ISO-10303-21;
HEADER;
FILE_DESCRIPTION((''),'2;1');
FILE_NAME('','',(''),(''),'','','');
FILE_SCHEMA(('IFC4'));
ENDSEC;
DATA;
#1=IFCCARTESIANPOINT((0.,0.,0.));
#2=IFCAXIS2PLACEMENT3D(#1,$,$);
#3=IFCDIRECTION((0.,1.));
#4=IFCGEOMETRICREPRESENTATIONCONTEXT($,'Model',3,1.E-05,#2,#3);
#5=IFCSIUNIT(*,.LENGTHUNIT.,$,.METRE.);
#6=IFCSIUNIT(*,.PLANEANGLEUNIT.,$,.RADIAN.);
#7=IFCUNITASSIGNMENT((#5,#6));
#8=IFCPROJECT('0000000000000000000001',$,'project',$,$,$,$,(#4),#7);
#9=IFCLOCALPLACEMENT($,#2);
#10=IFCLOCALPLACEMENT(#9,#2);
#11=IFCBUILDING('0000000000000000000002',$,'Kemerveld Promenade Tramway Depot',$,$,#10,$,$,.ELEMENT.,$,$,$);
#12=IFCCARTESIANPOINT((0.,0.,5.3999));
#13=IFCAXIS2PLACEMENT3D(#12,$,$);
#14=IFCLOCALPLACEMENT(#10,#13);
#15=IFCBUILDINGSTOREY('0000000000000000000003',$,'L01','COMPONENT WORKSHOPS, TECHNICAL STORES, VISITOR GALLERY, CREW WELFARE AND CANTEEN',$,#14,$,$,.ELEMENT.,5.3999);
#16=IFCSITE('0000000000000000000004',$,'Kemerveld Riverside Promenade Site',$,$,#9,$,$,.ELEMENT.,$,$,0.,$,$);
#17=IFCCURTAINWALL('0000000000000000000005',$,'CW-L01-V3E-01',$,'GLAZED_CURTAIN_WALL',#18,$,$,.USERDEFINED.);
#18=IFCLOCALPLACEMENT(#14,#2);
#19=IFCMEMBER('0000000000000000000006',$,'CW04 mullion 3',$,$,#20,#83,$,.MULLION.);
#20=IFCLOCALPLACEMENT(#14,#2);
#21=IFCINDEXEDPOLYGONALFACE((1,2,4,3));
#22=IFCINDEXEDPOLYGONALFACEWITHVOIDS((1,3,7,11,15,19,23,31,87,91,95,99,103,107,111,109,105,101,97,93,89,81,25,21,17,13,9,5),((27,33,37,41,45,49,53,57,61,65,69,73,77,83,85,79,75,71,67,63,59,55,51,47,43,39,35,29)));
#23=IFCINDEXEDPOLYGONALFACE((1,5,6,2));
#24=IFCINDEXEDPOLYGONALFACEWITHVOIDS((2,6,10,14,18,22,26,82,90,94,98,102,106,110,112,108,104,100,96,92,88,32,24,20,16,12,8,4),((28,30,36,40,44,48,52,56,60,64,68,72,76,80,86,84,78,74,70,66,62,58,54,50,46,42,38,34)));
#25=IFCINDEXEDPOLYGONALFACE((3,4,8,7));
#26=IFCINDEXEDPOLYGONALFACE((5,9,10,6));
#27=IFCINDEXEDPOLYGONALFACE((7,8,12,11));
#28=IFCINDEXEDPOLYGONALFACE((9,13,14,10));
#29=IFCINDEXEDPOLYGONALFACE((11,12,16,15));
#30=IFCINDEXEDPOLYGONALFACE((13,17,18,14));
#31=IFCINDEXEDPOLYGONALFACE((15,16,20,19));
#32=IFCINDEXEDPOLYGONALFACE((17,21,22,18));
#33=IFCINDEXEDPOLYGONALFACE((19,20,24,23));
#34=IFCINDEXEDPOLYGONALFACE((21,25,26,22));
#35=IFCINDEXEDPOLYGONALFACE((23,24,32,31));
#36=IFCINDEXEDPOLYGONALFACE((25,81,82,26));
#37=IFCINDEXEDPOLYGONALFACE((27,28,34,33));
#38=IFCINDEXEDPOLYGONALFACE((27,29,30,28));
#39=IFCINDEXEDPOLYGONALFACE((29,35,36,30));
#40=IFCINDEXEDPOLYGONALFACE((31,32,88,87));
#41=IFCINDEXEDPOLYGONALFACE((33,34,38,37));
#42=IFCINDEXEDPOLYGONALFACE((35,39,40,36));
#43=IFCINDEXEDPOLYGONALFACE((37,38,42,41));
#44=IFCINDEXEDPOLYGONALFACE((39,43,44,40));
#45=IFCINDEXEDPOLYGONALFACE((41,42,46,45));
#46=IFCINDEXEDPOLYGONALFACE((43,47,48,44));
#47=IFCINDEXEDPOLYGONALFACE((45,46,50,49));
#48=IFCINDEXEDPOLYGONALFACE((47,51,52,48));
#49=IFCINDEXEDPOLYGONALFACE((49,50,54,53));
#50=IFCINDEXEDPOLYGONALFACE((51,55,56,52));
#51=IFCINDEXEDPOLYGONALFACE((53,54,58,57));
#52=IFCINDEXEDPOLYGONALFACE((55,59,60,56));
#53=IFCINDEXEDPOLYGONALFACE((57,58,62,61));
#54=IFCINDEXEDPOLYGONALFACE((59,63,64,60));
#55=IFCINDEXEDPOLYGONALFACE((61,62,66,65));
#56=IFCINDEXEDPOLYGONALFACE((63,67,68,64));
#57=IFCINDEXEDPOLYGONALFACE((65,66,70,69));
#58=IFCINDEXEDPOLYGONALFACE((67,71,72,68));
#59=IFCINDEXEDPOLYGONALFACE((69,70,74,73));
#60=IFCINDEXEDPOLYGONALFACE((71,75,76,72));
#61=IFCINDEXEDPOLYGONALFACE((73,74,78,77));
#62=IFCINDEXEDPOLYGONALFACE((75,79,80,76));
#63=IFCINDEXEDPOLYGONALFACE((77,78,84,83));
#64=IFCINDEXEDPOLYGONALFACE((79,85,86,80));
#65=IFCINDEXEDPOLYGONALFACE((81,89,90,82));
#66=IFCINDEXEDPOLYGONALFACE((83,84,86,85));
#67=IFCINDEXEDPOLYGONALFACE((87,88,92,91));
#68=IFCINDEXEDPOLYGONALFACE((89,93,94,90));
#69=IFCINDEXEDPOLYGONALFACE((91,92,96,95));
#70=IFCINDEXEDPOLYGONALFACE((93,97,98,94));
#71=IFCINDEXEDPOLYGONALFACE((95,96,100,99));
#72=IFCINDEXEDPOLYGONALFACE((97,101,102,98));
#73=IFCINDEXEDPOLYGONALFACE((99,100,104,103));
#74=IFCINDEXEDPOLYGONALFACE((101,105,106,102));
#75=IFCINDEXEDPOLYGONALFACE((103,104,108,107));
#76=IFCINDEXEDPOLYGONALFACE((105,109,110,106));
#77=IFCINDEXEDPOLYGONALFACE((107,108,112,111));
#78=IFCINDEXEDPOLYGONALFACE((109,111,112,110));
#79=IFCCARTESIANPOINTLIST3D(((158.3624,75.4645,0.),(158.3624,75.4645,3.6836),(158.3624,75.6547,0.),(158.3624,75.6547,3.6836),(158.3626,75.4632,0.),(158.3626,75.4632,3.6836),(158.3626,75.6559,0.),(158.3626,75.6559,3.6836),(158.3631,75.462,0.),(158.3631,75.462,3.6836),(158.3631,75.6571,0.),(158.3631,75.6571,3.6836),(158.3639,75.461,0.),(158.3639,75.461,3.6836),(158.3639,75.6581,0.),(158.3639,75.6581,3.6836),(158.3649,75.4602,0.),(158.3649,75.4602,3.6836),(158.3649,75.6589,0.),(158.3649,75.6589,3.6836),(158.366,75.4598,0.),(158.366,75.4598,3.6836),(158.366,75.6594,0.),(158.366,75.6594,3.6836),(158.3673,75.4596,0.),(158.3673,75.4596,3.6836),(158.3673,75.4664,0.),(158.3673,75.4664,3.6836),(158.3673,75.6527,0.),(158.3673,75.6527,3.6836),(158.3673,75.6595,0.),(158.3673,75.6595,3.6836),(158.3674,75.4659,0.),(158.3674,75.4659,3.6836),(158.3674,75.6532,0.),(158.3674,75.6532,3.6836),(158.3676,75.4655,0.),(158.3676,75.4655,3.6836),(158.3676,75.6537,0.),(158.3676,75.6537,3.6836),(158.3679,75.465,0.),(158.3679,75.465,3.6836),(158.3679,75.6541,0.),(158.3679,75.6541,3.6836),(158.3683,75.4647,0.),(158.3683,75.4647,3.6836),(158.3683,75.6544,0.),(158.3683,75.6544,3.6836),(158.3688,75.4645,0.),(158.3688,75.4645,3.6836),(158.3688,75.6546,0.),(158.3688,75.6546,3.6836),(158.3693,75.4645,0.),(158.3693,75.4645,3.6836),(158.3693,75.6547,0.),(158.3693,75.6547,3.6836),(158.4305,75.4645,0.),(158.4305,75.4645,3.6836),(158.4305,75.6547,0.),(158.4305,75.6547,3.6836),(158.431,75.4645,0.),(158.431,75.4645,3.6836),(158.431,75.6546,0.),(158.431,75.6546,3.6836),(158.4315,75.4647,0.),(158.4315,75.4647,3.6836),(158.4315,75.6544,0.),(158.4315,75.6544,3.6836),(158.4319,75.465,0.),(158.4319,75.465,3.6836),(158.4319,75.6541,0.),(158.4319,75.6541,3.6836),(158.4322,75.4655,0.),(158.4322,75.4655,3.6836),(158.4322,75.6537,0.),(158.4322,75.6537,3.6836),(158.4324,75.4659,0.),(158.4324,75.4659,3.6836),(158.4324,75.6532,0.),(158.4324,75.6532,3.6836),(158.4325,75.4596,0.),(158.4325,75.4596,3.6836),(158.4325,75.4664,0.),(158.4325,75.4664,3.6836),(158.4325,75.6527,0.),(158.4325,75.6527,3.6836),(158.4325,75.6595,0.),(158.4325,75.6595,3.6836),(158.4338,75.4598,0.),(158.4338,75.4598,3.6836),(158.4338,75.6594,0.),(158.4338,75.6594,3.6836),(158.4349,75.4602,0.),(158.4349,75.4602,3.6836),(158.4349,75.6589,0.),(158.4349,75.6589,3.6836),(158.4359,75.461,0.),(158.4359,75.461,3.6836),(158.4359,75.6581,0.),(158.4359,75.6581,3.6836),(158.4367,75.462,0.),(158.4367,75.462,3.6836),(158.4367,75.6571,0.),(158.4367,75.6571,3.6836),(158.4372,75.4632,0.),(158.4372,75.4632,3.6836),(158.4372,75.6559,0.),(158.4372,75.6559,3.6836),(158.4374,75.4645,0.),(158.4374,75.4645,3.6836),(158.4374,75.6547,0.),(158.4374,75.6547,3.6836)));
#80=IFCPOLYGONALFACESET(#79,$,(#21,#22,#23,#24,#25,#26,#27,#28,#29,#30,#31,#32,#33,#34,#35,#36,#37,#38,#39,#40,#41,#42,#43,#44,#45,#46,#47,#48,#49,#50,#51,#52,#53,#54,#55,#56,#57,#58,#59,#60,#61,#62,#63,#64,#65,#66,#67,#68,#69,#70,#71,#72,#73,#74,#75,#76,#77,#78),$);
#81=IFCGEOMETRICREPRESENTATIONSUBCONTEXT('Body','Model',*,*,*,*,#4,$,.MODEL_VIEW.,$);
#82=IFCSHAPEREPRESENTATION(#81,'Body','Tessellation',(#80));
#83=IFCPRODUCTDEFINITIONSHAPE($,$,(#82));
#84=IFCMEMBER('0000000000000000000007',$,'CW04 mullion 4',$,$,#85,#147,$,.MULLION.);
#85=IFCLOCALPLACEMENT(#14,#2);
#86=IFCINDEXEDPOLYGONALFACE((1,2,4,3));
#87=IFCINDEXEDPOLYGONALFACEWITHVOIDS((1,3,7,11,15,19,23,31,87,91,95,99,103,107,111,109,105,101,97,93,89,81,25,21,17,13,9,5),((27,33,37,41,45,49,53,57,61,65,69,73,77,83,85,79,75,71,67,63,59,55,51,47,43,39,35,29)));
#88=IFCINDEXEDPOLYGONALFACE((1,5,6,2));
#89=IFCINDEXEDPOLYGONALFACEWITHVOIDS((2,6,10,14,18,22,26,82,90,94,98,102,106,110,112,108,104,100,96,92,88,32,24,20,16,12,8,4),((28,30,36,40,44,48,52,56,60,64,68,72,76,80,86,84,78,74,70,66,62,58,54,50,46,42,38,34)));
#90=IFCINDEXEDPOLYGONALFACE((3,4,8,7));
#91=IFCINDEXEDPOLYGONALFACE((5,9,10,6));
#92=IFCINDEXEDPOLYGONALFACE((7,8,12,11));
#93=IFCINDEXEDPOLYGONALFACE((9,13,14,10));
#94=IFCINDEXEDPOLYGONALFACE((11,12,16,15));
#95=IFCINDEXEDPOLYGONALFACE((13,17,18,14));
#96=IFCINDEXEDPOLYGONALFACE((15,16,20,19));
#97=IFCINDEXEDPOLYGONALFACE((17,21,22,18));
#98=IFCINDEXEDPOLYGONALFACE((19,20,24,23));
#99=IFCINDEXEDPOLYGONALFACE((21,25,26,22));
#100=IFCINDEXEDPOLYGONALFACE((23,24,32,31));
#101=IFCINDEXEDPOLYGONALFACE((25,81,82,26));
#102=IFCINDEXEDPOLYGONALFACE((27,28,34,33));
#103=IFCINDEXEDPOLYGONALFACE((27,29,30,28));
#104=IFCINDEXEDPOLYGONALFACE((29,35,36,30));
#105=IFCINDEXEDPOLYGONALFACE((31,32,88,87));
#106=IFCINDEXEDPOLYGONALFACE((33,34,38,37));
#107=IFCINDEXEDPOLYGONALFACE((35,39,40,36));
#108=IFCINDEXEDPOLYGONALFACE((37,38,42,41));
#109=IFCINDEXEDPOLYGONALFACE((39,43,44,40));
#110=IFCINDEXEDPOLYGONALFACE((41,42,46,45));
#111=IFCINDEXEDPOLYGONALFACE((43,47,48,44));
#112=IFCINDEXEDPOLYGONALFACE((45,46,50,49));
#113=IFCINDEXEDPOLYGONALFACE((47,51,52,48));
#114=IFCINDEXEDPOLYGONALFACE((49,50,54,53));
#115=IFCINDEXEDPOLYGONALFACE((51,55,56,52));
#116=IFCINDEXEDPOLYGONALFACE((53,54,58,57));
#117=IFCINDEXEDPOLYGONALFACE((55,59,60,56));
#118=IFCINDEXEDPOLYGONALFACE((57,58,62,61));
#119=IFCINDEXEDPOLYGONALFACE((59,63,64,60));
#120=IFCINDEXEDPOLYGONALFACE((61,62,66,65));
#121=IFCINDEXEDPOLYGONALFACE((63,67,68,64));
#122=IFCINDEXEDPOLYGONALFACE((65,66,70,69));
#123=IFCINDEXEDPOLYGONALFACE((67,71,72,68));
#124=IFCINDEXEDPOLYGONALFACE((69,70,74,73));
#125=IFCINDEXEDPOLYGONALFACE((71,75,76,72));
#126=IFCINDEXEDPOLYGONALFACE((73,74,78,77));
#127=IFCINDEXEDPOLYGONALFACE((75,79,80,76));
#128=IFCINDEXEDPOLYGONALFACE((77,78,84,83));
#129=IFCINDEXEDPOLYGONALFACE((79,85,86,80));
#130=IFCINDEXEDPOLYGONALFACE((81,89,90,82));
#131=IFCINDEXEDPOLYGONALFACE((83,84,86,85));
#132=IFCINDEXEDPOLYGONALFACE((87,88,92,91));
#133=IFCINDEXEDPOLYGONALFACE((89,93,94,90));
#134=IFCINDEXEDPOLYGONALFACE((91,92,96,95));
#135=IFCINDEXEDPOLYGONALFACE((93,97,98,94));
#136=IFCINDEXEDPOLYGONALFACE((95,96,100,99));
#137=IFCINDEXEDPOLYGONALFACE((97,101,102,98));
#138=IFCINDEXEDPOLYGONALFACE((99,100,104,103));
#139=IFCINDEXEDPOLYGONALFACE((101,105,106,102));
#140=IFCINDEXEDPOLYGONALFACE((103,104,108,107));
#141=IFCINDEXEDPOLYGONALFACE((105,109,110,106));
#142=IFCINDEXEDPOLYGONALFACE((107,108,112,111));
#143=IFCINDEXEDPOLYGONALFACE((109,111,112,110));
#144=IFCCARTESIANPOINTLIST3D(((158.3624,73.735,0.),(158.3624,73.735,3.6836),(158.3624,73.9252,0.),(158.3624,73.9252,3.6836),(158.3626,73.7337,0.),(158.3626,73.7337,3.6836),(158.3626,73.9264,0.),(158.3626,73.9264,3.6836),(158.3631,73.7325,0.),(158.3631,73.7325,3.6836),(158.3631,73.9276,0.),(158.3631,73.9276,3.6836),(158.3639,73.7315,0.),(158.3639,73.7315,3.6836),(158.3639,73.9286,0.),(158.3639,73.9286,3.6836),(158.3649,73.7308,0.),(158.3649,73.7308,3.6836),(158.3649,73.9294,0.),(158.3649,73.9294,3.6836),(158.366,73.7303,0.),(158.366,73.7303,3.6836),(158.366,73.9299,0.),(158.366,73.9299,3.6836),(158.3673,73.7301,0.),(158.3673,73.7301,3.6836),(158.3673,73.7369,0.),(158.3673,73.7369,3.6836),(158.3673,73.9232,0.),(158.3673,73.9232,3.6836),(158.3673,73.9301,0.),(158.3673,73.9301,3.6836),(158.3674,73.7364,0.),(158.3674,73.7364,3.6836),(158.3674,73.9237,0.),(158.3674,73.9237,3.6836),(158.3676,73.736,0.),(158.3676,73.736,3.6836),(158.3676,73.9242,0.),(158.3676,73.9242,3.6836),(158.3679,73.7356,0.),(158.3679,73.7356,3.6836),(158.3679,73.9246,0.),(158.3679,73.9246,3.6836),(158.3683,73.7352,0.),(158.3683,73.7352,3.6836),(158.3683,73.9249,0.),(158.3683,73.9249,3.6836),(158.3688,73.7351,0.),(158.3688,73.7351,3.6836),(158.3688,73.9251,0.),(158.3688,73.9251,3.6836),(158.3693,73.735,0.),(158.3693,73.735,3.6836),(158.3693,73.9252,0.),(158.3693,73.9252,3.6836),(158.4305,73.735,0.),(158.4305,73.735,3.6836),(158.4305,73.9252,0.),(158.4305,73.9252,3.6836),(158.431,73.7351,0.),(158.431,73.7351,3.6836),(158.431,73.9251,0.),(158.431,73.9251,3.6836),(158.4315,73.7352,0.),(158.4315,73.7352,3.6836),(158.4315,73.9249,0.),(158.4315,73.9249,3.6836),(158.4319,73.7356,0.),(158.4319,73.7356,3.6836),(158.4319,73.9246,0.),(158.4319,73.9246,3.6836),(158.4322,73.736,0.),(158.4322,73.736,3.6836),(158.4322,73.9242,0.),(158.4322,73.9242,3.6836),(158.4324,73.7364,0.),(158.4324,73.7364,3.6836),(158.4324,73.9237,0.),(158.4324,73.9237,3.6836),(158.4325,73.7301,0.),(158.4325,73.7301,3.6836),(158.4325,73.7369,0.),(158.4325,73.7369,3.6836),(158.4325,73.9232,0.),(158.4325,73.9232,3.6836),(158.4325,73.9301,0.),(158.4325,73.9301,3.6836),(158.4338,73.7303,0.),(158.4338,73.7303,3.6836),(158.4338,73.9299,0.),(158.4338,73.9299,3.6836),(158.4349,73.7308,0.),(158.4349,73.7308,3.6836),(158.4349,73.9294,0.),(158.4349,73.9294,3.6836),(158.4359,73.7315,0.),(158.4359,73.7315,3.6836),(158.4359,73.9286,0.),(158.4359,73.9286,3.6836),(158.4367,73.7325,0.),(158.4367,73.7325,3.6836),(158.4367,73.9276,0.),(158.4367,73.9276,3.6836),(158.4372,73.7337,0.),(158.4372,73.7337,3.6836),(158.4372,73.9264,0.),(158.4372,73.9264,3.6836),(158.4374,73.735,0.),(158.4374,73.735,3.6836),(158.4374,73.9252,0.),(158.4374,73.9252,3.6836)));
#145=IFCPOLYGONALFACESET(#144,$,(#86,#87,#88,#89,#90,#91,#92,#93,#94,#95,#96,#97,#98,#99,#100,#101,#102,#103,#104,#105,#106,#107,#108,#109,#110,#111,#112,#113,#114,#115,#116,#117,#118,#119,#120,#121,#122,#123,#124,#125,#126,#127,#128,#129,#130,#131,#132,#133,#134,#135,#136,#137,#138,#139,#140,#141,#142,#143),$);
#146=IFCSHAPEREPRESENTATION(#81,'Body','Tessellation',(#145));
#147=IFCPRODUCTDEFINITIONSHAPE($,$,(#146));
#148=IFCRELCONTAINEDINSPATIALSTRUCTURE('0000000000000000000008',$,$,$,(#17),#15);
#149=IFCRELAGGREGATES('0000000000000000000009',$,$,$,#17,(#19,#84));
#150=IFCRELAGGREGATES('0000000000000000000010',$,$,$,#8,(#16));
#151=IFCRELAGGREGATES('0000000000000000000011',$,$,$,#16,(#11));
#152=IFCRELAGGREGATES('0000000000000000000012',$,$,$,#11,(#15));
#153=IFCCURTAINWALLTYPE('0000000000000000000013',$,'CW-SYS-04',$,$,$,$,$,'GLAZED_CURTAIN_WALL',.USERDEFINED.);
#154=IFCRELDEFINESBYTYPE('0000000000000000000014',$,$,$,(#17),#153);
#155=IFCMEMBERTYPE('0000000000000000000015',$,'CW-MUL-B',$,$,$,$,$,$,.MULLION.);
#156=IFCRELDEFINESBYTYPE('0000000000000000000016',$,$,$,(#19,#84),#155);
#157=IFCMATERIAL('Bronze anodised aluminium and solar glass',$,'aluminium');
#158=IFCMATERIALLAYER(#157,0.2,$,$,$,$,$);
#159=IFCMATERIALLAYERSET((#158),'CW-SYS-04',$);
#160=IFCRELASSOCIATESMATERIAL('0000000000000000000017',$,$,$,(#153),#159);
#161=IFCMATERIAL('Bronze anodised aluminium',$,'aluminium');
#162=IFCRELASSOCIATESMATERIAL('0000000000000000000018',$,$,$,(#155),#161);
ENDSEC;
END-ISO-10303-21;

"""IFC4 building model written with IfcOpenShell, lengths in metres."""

from ifc_helpers import new_model, si_unit, direction, frame, origin, origin_2d, place, context, subcontext, project, spatial, hollow_rectangle, extrude, material, layer, layer_set, material_profile, profile_set, type_object, element, aggregate, save


model = new_model("IFC4")

# Units and contexts
model_context = context("Model", 3, precision=1e-05, world=origin(), true_north=direction((0.0, 1.0)))
body_context = subcontext(model_context, "Body", "Model", "MODEL_VIEW")
ifc_project = project(units=[si_unit("LENGTHUNIT", "METRE"), si_unit("PLANEANGLEUNIT", "RADIAN")], contexts=[model_context])

# Site, building, storey
site_placement = place(None, origin())
site = spatial("IfcSite", under=ifc_project, at=site_placement, Name="Kemerveld Riverside Promenade Site", CompositionType="ELEMENT", RefElevation=0.0)
building_placement = place(site_placement, origin())
building = spatial("IfcBuilding", under=site, at=building_placement, Name="Kemerveld Promenade Tramway Depot", CompositionType="ELEMENT")
storey_placement = place(building_placement, frame((0.0, 0.0, 5.3999)))
storey = spatial("IfcBuildingStorey", under=building, at=storey_placement, Name="L01", Description="COMPONENT WORKSHOPS, TECHNICAL STORES, VISITOR GALLERY, CREW WELFARE AND CANTEEN", CompositionType="ELEMENT", Elevation=5.3999)

# Curtain wall, members
ifc_material_1 = material(Name="Bronze anodised aluminium and solar glass", Category="aluminium")
ifc_layer_1 = layer(ifc_material_1, 0.2)
ifc_layer_set_1 = layer_set([ifc_layer_1], Name="CW-SYS-04")
curtain_wall_type = type_object("IfcCurtainWallType", Name="CW-SYS-04", ElementType="GLAZED_CURTAIN_WALL", PredefinedType="USERDEFINED", material=ifc_layer_set_1)
curtain_wall_placement = place(storey_placement, origin())
curtain_wall = element("IfcCurtainWall", 1, at=curtain_wall_placement, inside=storey, type_object=curtain_wall_type, Name="CW-L01-V3E-01", ObjectType="GLAZED_CURTAIN_WALL", PredefinedType="USERDEFINED")
ifc_material_2 = material(Name="Bronze anodised aluminium", Category="aluminium")
ifc_material_profile_1 = material_profile(ifc_material_2, hollow_rectangle(XDim=0.075, YDim=0.2, WallThickness=0.0049, InnerFilletRadius=0.002, OuterFilletRadius=0.0049, at=origin_2d()), Name="CW-MUL-200x75")
ifc_profile_set_1 = profile_set([ifc_material_profile_1], Name="Bronze anodised aluminium")
member_type_1 = type_object("IfcMemberType", Name="CW-MUL-B", PredefinedType="MULLION", material=ifc_profile_set_1)
member_1_placement = place(storey_placement, frame((158.3999, 75.5596, 0.0), z_axis=(0.0, 0.0, 1.0), x_axis=(1.0, 0.0, 0.0)))
member_1 = element("IfcMember", 2, at=member_1_placement, type_object=member_type_1, Name="CW04 mullion 3", PredefinedType="MULLION", context=body_context, shape_type="SweptSolid", body=[
    extrude(hollow_rectangle(XDim=0.075, YDim=0.2, WallThickness=0.0049, InnerFilletRadius=0.002, OuterFilletRadius=0.0049, at=origin_2d()), origin(), (0.0, 0.0, 1.0), 3.6836),
])
member_2_placement = place(storey_placement, frame((158.3999, 73.8301, 0.0), z_axis=(0.0, 0.0, 1.0), x_axis=(1.0, 0.0, 0.0)))
member_2 = element("IfcMember", 3, at=member_2_placement, type_object=member_type_1, Name="CW04 mullion 4", PredefinedType="MULLION", context=body_context, shape_type="SweptSolid", body=[
    extrude(hollow_rectangle(XDim=0.075, YDim=0.2, WallThickness=0.0049, InnerFilletRadius=0.002, OuterFilletRadius=0.0049, at=origin_2d()), origin(), (0.0, 0.0, 1.0), 3.6836),
])
aggregate(curtain_wall, [member_1, member_2])

save(model, "model.ifc")
